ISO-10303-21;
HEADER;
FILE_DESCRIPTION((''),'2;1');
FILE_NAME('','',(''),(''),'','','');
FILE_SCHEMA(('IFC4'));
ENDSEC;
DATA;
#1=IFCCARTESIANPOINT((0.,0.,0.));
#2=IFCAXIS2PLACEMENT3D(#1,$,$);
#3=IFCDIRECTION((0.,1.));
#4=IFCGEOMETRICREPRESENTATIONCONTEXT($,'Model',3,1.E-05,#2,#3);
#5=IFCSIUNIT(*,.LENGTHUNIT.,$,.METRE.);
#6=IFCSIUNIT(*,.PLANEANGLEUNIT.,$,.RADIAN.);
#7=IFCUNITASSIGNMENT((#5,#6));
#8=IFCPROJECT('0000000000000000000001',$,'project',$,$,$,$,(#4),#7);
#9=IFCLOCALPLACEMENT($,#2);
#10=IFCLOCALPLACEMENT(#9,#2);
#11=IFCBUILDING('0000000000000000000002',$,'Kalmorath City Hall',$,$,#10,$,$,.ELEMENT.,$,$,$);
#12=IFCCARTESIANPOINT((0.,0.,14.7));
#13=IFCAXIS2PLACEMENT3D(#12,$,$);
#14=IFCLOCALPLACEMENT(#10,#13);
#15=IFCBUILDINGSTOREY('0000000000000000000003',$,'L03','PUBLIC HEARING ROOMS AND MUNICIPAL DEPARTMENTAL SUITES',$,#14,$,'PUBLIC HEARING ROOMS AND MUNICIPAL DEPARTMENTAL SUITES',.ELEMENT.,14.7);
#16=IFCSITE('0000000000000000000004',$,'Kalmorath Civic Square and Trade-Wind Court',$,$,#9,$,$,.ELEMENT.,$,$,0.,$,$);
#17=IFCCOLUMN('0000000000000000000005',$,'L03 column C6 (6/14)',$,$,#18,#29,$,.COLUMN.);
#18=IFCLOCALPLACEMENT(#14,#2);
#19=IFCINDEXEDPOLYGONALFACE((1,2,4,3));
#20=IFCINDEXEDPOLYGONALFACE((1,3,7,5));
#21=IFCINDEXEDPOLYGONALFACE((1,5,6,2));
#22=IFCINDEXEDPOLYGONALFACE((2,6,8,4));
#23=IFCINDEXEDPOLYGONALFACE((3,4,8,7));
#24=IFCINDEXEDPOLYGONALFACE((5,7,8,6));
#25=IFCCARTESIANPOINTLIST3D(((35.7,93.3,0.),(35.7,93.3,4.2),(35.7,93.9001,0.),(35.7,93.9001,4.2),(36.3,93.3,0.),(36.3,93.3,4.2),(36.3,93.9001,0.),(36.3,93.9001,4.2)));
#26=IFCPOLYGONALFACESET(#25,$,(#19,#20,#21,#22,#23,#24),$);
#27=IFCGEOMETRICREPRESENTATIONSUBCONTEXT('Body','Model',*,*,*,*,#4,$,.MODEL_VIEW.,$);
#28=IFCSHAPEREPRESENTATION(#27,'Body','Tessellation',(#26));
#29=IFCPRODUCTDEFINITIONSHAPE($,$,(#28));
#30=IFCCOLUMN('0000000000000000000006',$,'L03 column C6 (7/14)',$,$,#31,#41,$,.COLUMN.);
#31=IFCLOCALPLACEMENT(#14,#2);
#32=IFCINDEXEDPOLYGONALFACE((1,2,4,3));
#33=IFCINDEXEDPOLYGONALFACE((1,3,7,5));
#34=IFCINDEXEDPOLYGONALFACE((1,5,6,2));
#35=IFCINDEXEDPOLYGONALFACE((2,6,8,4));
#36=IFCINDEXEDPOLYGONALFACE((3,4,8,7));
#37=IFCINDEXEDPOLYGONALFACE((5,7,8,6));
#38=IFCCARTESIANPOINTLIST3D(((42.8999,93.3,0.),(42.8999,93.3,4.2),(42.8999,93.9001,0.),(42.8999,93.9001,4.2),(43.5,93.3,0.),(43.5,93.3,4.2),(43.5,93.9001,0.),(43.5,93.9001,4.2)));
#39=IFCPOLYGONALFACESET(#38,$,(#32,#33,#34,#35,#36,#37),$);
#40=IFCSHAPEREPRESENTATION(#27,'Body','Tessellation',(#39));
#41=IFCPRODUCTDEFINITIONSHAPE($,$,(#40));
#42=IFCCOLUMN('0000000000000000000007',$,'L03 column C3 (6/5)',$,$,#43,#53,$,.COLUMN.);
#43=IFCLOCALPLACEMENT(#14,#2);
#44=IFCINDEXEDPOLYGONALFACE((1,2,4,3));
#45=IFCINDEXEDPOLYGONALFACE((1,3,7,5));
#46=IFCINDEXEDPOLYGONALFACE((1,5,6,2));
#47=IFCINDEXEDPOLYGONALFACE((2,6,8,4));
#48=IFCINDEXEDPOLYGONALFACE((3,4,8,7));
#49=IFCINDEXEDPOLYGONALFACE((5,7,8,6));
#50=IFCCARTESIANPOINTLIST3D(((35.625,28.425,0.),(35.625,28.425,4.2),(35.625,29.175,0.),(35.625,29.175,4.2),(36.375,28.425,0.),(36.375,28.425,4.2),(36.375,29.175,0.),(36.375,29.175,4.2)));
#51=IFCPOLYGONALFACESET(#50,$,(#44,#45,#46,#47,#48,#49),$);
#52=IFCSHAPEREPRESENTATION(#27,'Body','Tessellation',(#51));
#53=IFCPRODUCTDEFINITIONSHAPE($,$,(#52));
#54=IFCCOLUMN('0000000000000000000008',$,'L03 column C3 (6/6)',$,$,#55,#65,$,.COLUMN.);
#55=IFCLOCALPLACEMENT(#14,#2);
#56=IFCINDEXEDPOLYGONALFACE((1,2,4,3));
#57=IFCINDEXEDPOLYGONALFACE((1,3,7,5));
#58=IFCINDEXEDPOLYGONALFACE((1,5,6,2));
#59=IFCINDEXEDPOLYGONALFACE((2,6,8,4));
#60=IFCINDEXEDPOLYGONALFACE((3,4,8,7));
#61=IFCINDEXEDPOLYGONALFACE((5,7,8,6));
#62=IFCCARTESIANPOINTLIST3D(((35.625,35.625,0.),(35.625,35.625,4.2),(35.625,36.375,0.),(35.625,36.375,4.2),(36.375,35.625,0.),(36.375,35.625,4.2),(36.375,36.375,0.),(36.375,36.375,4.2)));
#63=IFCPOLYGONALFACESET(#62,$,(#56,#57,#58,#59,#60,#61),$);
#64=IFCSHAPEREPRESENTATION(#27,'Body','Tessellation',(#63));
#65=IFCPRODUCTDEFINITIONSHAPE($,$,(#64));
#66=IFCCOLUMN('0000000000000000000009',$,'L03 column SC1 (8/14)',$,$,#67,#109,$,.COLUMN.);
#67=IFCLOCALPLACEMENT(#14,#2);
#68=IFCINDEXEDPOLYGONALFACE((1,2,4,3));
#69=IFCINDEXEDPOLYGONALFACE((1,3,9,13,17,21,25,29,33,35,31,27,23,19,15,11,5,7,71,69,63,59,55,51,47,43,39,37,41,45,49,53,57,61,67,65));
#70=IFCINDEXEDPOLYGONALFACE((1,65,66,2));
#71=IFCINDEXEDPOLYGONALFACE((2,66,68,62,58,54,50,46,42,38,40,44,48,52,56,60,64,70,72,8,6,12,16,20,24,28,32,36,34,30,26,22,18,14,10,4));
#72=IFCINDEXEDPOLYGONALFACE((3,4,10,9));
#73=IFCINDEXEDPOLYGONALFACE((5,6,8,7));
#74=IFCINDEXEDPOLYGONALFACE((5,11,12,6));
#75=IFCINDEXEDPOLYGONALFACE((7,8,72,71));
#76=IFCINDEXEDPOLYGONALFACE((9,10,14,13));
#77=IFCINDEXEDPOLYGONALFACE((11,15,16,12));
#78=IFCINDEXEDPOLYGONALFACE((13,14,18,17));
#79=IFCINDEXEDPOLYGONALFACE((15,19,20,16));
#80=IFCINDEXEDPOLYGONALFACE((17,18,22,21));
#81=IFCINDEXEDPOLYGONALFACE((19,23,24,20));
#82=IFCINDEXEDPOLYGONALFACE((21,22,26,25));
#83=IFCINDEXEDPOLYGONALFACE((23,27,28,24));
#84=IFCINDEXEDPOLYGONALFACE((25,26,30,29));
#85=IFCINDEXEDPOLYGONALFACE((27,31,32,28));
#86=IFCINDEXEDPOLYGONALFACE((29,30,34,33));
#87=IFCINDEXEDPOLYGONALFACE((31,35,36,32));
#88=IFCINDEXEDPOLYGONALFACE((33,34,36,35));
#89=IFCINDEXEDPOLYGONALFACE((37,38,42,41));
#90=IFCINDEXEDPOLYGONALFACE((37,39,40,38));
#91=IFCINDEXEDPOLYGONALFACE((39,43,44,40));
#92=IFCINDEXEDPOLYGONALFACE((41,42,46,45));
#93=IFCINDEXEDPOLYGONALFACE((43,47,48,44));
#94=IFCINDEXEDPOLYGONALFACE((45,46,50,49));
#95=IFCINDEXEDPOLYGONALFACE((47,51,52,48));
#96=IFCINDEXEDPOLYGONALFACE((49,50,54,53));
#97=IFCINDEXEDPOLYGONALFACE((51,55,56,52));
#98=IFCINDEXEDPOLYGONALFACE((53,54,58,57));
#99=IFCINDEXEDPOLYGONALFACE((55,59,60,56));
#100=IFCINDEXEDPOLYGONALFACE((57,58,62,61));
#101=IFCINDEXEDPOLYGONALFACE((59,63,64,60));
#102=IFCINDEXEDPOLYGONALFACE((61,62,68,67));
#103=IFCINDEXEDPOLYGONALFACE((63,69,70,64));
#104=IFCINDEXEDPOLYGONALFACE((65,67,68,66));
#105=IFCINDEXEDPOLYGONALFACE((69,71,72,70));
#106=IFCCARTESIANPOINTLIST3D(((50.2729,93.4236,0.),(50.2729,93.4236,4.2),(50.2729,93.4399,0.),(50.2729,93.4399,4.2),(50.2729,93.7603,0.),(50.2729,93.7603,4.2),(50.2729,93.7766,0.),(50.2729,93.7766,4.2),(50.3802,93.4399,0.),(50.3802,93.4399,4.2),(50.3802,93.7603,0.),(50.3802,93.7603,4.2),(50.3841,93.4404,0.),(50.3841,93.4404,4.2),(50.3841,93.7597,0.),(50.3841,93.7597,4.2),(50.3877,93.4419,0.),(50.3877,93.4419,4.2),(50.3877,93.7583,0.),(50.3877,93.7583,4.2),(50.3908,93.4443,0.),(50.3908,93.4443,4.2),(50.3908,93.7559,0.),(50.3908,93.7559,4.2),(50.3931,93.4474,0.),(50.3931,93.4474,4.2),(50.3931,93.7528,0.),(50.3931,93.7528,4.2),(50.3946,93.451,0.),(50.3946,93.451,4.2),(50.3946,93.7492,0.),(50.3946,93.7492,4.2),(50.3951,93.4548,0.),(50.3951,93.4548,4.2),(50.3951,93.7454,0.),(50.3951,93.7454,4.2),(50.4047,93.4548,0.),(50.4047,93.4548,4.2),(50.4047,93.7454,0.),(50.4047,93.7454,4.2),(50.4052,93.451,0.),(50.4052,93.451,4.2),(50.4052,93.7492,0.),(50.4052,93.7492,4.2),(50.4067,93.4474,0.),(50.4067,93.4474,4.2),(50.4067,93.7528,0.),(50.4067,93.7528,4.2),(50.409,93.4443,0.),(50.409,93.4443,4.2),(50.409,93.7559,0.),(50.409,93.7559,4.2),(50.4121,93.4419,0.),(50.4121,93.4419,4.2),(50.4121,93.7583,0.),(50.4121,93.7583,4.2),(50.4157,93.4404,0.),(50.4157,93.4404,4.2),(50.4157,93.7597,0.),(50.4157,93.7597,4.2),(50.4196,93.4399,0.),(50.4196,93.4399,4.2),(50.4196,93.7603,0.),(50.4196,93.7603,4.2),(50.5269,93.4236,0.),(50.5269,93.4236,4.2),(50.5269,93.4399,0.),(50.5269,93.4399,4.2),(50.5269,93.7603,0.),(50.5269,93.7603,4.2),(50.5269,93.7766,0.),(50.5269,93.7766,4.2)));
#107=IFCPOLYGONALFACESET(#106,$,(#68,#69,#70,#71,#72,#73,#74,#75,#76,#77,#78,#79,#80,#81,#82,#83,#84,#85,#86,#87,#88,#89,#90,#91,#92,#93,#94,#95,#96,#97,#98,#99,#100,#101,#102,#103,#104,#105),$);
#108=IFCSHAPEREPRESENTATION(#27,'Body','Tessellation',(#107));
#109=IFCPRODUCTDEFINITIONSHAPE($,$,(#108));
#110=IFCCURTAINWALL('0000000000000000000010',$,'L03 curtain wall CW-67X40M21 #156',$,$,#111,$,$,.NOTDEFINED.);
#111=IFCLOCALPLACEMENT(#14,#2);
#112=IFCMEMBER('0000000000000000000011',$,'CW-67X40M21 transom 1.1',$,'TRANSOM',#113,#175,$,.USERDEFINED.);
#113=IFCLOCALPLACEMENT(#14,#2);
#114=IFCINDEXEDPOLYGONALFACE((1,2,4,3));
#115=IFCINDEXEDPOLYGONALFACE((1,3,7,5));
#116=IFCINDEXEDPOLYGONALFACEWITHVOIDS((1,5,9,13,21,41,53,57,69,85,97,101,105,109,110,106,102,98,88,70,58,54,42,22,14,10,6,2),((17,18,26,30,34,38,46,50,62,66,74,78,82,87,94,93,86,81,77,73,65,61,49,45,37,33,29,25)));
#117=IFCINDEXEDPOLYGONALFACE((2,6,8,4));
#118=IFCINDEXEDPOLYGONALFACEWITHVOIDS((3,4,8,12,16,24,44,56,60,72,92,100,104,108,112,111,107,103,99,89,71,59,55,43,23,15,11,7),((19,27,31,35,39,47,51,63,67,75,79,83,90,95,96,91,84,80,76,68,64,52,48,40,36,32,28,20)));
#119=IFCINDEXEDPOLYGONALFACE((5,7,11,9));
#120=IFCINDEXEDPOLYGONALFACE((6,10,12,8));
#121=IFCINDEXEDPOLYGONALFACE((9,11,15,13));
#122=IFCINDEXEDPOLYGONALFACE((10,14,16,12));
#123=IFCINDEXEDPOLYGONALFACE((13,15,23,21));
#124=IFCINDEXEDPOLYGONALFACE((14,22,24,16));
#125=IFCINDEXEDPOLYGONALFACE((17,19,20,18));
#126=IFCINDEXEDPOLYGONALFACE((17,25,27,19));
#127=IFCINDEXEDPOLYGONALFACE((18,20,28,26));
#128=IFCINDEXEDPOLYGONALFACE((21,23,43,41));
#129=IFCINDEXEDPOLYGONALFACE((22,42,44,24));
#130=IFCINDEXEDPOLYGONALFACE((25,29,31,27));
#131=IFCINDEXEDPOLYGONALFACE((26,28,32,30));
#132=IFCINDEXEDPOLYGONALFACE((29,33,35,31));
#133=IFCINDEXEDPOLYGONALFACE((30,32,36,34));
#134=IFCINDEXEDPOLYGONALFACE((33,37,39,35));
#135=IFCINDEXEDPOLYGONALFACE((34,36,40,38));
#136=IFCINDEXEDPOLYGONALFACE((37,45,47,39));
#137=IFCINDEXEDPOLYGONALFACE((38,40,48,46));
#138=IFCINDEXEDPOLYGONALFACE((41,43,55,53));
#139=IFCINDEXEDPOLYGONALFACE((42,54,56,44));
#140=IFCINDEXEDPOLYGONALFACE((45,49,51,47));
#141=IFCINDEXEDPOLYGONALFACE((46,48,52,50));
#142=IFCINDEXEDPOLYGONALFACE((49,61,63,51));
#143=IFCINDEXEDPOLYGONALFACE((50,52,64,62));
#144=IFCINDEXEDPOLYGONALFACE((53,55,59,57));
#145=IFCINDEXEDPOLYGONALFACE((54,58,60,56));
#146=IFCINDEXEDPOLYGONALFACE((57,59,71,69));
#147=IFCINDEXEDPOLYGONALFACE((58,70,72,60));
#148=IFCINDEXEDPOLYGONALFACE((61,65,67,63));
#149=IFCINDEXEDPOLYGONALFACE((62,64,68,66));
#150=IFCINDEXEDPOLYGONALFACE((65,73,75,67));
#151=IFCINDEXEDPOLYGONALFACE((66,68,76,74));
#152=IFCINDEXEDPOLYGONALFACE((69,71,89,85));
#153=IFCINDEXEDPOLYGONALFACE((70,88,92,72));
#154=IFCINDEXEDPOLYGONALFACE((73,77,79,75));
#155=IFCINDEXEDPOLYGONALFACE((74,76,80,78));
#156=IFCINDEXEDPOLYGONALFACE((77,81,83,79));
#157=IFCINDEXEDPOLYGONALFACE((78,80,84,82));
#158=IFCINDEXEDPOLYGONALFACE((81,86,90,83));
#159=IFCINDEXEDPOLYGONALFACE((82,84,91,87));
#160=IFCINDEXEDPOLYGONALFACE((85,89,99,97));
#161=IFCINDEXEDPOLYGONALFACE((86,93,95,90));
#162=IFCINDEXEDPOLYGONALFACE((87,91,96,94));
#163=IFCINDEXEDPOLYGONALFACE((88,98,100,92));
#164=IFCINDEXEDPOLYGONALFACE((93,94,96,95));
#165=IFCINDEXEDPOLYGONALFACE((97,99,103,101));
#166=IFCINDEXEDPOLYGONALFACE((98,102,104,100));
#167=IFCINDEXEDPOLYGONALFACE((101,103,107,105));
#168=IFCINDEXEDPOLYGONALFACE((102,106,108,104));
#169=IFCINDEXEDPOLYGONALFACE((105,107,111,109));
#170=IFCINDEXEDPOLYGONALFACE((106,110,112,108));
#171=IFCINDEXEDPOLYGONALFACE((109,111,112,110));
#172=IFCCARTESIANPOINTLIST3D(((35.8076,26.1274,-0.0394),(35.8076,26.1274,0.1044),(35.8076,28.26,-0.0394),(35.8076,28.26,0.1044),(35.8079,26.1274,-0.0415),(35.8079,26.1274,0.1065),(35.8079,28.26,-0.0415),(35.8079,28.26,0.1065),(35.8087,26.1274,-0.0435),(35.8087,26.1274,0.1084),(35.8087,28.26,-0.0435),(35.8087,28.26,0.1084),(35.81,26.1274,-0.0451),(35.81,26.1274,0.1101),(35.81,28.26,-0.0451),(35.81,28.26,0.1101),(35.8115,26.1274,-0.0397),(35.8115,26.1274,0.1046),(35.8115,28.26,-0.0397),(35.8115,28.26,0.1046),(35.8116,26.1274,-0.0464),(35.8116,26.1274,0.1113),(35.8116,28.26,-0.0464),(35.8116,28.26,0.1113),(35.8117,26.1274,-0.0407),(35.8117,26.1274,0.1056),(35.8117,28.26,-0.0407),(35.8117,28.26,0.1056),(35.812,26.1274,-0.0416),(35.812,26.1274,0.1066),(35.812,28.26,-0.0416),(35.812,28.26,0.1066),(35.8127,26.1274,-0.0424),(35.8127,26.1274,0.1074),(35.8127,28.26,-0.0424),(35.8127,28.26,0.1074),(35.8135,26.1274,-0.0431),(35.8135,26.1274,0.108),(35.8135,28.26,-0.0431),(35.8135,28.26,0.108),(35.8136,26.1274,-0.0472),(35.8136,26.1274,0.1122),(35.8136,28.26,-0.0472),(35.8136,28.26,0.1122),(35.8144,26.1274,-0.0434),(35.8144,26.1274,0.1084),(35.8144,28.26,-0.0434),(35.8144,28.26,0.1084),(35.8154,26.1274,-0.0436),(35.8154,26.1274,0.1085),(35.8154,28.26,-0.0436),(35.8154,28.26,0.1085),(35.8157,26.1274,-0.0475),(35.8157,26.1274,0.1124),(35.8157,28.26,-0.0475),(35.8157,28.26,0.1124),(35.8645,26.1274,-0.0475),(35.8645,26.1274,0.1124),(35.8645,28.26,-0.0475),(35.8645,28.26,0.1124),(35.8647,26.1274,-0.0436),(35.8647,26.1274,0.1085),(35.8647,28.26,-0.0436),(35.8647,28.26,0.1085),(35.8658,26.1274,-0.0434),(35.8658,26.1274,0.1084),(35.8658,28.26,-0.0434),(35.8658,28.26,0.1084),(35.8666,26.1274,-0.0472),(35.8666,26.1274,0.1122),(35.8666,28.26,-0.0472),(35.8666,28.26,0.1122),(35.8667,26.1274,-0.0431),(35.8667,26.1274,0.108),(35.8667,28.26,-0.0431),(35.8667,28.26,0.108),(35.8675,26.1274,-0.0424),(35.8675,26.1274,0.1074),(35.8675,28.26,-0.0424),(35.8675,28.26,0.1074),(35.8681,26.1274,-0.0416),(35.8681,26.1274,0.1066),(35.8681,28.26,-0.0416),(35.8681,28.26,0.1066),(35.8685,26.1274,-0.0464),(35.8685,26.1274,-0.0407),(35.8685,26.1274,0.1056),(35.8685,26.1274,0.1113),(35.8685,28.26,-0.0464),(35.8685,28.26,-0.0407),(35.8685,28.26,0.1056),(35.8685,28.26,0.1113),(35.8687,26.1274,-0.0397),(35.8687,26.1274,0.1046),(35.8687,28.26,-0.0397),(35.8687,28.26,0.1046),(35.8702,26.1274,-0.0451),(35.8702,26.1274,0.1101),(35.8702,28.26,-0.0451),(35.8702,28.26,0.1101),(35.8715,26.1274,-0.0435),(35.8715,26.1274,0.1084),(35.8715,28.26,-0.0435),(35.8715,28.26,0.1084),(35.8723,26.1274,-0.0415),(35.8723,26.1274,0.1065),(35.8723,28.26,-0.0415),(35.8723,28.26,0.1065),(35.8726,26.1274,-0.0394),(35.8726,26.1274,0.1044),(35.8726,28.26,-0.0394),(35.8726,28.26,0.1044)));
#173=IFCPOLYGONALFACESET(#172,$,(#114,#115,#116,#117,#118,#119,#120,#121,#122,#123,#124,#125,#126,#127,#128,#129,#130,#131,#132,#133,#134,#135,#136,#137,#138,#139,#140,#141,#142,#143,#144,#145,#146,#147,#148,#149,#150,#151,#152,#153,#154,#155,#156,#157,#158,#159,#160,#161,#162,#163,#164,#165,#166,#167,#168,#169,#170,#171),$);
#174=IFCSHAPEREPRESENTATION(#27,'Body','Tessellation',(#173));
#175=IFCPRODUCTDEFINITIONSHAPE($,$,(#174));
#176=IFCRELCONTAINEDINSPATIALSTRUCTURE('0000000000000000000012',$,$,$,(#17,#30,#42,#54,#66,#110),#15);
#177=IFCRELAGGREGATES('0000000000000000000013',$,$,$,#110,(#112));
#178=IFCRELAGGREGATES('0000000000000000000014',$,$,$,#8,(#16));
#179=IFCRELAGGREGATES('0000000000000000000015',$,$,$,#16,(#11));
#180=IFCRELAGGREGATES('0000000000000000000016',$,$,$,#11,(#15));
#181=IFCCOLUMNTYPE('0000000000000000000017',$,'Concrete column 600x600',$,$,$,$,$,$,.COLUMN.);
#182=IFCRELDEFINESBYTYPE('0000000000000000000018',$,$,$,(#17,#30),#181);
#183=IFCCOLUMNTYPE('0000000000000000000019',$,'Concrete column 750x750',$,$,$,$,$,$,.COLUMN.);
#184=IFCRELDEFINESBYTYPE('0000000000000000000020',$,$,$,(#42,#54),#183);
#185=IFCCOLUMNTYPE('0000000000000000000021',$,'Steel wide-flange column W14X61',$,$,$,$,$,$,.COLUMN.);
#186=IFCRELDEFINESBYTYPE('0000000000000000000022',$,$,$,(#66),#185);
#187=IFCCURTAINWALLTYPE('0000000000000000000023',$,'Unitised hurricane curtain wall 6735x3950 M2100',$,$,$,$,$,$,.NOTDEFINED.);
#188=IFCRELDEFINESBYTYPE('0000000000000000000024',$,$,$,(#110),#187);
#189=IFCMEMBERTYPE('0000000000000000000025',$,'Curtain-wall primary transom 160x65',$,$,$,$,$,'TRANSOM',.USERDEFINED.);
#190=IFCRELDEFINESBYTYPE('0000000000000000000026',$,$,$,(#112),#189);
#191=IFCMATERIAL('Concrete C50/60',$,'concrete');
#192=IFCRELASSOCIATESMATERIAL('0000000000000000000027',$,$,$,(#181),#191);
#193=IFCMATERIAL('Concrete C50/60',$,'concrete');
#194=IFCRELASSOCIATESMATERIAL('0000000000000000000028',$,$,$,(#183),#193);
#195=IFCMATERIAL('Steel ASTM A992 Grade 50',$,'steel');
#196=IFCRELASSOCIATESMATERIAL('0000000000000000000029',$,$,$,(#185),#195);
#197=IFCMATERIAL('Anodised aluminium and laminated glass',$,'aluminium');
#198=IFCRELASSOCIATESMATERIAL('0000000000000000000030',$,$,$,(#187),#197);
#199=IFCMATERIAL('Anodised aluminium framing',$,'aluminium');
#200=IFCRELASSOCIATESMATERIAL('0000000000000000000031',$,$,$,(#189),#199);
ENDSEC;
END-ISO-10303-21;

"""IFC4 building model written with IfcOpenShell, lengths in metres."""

from ifc_helpers import new_model, si_unit, direction, frame, origin, origin_2d, place, context, subcontext, project, spatial, rectangle, hollow_rectangle, i_section, extrude, material, material_profile, profile_set, type_object, element, aggregate, save


model = new_model("IFC4")

# Units and contexts
model_context = context("Model", 3, precision=1e-05, world=origin(), true_north=direction((0.0, 1.0)))
body_context = subcontext(model_context, "Body", "Model", "MODEL_VIEW")
ifc_project = project(units=[si_unit("LENGTHUNIT", "METRE"), si_unit("PLANEANGLEUNIT", "RADIAN")], contexts=[model_context])

# Site, building, storey
site_placement = place(None, origin())
site = spatial("IfcSite", under=ifc_project, at=site_placement, Name="Kalmorath Civic Square and Trade-Wind Court", CompositionType="ELEMENT", RefElevation=0.0)
building_placement = place(site_placement, origin())
building = spatial("IfcBuilding", under=site, at=building_placement, Name="Kalmorath City Hall", CompositionType="ELEMENT")
storey_placement = place(building_placement, frame((0.0, 0.0, 14.7)))
storey = spatial("IfcBuildingStorey", under=building, at=storey_placement, Name="L03", Description="PUBLIC HEARING ROOMS AND MUNICIPAL DEPARTMENTAL SUITES", LongName="PUBLIC HEARING ROOMS AND MUNICIPAL DEPARTMENTAL SUITES", CompositionType="ELEMENT", Elevation=14.7)

# Columns
ifc_material_1 = material(Name="Concrete C50/60", Category="concrete")
ifc_material_profile_1 = material_profile(ifc_material_1, rectangle(XDim=0.6001, YDim=0.6001, at=origin_2d()), Name="RC-COL-600X600")
ifc_profile_set_1 = profile_set([ifc_material_profile_1], Name="Concrete C50/60")
column_type_1 = type_object("IfcColumnType", Name="Concrete column 600x600", PredefinedType="COLUMN", material=ifc_profile_set_1)
for number, where, z_axis, x_axis, name in (
    (1, (36.0, 93.6001, 0.0), (0.0, 0.0, 1.0), (1.0, 0.0, 0.0), "L03 column C6 (6/14)"),
    (2, (43.2, 93.6001, 0.0), (0.0, 0.0, 1.0), (1.0, 0.0, 0.0), "L03 column C6 (7/14)"),
):
    element("IfcColumn", number, at=place(storey_placement, frame(where, z_axis=z_axis, x_axis=x_axis)), inside=storey, type_object=column_type_1, Name=name, PredefinedType="COLUMN", context=body_context, shape_type="SweptSolid", body=[
        extrude(rectangle(XDim=0.6001, YDim=0.6001, at=origin_2d()), origin(), (0.0, 0.0, 1.0), 4.2),
    ])
ifc_material_2 = material(Name="Concrete C50/60", Category="concrete")
ifc_material_profile_2 = material_profile(ifc_material_2, rectangle(XDim=0.75, YDim=0.75, at=origin_2d()), Name="RC-COL-750X750")
ifc_profile_set_2 = profile_set([ifc_material_profile_2], Name="Concrete C50/60")
column_type_2 = type_object("IfcColumnType", Name="Concrete column 750x750", PredefinedType="COLUMN", material=ifc_profile_set_2)
for number, where, z_axis, x_axis, name in (
    (3, (36.0, 28.8, 0.0), (0.0, 0.0, 1.0), (1.0, 0.0, 0.0), "L03 column C3 (6/5)"),
    (4, (36.0, 36.0, 0.0), (0.0, 0.0, 1.0), (1.0, 0.0, 0.0), "L03 column C3 (6/6)"),
):
    element("IfcColumn", number, at=place(storey_placement, frame(where, z_axis=z_axis, x_axis=x_axis)), inside=storey, type_object=column_type_2, Name=name, PredefinedType="COLUMN", context=body_context, shape_type="SweptSolid", body=[
        extrude(rectangle(XDim=0.75, YDim=0.75, at=origin_2d()), origin(), (0.0, 0.0, 1.0), 4.2),
    ])
ifc_material_3 = material(Name="Steel ASTM A992 Grade 50", Category="steel")
ifc_material_profile_3 = material_profile(ifc_material_3, i_section(OverallWidth=0.2539, OverallDepth=0.353, WebThickness=0.0095, FlangeThickness=0.0164, FilletRadius=0.0149, at=origin_2d()), Name="W14X61")
ifc_profile_set_3 = profile_set([ifc_material_profile_3], Name="Steel ASTM A992 Grade 50")
column_type_3 = type_object("IfcColumnType", Name="Steel wide-flange column W14X61", PredefinedType="COLUMN", material=ifc_profile_set_3)
column_placement = place(storey_placement, frame((50.3999, 93.6001, 0.0), z_axis=(0.0, 0.0, 1.0), x_axis=(1.0, 0.0, 0.0)))
element("IfcColumn", 5, at=column_placement, inside=storey, type_object=column_type_3, Name="L03 column SC1 (8/14)", PredefinedType="COLUMN", context=body_context, shape_type="SweptSolid", body=[
    extrude(i_section(OverallWidth=0.2539, OverallDepth=0.353, WebThickness=0.0095, FlangeThickness=0.0164, FilletRadius=0.0149, at=origin_2d()), origin(), (0.0, 0.0, 1.0), 4.2),
])

# Curtain wall, member
ifc_material_4 = material(Name="Anodised aluminium and laminated glass", Category="aluminium")
curtain_wall_type = type_object("IfcCurtainWallType", Name="Unitised hurricane curtain wall 6735x3950 M2100", PredefinedType="NOTDEFINED", material=ifc_material_4)
curtain_wall_placement = place(storey_placement, origin())
curtain_wall = element("IfcCurtainWall", 6, at=curtain_wall_placement, inside=storey, type_object=curtain_wall_type, Name="L03 curtain wall CW-67X40M21 #156", PredefinedType="NOTDEFINED")
ifc_material_5 = material(Name="Anodised aluminium framing", Category="aluminium")
ifc_material_profile_4 = material_profile(ifc_material_5, hollow_rectangle(XDim=0.0649, YDim=0.1599, WallThickness=0.0039, InnerFilletRadius=0.0039, OuterFilletRadius=0.0081, at=origin_2d()), Name="ALU-TRN-160X65X4")
ifc_profile_set_4 = profile_set([ifc_material_profile_4], Name="Anodised aluminium framing")
member_type = type_object("IfcMemberType", Name="Curtain-wall primary transom 160x65", ElementType="TRANSOM", PredefinedType="USERDEFINED", material=ifc_profile_set_4)
member_1_placement = place(storey_placement, frame((35.8401, 28.26, 0.0325), z_axis=(0.0, -1.0, 0.0), x_axis=(1.0, 0.0, 0.0)))
member_1 = element("IfcMember", 7, at=member_1_placement, type_object=member_type, Name="CW-67X40M21 transom 1.1", ObjectType="TRANSOM", PredefinedType="USERDEFINED", context=body_context, shape_type="SweptSolid", body=[
    extrude(hollow_rectangle(XDim=0.0649, YDim=0.1599, WallThickness=0.0039, InnerFilletRadius=0.0039, OuterFilletRadius=0.0081, at=origin_2d()), origin(), (0.0, 0.0, 1.0), 2.1326),
])

aggregate(curtain_wall, [member_1])

save(model, "model.ifc")
